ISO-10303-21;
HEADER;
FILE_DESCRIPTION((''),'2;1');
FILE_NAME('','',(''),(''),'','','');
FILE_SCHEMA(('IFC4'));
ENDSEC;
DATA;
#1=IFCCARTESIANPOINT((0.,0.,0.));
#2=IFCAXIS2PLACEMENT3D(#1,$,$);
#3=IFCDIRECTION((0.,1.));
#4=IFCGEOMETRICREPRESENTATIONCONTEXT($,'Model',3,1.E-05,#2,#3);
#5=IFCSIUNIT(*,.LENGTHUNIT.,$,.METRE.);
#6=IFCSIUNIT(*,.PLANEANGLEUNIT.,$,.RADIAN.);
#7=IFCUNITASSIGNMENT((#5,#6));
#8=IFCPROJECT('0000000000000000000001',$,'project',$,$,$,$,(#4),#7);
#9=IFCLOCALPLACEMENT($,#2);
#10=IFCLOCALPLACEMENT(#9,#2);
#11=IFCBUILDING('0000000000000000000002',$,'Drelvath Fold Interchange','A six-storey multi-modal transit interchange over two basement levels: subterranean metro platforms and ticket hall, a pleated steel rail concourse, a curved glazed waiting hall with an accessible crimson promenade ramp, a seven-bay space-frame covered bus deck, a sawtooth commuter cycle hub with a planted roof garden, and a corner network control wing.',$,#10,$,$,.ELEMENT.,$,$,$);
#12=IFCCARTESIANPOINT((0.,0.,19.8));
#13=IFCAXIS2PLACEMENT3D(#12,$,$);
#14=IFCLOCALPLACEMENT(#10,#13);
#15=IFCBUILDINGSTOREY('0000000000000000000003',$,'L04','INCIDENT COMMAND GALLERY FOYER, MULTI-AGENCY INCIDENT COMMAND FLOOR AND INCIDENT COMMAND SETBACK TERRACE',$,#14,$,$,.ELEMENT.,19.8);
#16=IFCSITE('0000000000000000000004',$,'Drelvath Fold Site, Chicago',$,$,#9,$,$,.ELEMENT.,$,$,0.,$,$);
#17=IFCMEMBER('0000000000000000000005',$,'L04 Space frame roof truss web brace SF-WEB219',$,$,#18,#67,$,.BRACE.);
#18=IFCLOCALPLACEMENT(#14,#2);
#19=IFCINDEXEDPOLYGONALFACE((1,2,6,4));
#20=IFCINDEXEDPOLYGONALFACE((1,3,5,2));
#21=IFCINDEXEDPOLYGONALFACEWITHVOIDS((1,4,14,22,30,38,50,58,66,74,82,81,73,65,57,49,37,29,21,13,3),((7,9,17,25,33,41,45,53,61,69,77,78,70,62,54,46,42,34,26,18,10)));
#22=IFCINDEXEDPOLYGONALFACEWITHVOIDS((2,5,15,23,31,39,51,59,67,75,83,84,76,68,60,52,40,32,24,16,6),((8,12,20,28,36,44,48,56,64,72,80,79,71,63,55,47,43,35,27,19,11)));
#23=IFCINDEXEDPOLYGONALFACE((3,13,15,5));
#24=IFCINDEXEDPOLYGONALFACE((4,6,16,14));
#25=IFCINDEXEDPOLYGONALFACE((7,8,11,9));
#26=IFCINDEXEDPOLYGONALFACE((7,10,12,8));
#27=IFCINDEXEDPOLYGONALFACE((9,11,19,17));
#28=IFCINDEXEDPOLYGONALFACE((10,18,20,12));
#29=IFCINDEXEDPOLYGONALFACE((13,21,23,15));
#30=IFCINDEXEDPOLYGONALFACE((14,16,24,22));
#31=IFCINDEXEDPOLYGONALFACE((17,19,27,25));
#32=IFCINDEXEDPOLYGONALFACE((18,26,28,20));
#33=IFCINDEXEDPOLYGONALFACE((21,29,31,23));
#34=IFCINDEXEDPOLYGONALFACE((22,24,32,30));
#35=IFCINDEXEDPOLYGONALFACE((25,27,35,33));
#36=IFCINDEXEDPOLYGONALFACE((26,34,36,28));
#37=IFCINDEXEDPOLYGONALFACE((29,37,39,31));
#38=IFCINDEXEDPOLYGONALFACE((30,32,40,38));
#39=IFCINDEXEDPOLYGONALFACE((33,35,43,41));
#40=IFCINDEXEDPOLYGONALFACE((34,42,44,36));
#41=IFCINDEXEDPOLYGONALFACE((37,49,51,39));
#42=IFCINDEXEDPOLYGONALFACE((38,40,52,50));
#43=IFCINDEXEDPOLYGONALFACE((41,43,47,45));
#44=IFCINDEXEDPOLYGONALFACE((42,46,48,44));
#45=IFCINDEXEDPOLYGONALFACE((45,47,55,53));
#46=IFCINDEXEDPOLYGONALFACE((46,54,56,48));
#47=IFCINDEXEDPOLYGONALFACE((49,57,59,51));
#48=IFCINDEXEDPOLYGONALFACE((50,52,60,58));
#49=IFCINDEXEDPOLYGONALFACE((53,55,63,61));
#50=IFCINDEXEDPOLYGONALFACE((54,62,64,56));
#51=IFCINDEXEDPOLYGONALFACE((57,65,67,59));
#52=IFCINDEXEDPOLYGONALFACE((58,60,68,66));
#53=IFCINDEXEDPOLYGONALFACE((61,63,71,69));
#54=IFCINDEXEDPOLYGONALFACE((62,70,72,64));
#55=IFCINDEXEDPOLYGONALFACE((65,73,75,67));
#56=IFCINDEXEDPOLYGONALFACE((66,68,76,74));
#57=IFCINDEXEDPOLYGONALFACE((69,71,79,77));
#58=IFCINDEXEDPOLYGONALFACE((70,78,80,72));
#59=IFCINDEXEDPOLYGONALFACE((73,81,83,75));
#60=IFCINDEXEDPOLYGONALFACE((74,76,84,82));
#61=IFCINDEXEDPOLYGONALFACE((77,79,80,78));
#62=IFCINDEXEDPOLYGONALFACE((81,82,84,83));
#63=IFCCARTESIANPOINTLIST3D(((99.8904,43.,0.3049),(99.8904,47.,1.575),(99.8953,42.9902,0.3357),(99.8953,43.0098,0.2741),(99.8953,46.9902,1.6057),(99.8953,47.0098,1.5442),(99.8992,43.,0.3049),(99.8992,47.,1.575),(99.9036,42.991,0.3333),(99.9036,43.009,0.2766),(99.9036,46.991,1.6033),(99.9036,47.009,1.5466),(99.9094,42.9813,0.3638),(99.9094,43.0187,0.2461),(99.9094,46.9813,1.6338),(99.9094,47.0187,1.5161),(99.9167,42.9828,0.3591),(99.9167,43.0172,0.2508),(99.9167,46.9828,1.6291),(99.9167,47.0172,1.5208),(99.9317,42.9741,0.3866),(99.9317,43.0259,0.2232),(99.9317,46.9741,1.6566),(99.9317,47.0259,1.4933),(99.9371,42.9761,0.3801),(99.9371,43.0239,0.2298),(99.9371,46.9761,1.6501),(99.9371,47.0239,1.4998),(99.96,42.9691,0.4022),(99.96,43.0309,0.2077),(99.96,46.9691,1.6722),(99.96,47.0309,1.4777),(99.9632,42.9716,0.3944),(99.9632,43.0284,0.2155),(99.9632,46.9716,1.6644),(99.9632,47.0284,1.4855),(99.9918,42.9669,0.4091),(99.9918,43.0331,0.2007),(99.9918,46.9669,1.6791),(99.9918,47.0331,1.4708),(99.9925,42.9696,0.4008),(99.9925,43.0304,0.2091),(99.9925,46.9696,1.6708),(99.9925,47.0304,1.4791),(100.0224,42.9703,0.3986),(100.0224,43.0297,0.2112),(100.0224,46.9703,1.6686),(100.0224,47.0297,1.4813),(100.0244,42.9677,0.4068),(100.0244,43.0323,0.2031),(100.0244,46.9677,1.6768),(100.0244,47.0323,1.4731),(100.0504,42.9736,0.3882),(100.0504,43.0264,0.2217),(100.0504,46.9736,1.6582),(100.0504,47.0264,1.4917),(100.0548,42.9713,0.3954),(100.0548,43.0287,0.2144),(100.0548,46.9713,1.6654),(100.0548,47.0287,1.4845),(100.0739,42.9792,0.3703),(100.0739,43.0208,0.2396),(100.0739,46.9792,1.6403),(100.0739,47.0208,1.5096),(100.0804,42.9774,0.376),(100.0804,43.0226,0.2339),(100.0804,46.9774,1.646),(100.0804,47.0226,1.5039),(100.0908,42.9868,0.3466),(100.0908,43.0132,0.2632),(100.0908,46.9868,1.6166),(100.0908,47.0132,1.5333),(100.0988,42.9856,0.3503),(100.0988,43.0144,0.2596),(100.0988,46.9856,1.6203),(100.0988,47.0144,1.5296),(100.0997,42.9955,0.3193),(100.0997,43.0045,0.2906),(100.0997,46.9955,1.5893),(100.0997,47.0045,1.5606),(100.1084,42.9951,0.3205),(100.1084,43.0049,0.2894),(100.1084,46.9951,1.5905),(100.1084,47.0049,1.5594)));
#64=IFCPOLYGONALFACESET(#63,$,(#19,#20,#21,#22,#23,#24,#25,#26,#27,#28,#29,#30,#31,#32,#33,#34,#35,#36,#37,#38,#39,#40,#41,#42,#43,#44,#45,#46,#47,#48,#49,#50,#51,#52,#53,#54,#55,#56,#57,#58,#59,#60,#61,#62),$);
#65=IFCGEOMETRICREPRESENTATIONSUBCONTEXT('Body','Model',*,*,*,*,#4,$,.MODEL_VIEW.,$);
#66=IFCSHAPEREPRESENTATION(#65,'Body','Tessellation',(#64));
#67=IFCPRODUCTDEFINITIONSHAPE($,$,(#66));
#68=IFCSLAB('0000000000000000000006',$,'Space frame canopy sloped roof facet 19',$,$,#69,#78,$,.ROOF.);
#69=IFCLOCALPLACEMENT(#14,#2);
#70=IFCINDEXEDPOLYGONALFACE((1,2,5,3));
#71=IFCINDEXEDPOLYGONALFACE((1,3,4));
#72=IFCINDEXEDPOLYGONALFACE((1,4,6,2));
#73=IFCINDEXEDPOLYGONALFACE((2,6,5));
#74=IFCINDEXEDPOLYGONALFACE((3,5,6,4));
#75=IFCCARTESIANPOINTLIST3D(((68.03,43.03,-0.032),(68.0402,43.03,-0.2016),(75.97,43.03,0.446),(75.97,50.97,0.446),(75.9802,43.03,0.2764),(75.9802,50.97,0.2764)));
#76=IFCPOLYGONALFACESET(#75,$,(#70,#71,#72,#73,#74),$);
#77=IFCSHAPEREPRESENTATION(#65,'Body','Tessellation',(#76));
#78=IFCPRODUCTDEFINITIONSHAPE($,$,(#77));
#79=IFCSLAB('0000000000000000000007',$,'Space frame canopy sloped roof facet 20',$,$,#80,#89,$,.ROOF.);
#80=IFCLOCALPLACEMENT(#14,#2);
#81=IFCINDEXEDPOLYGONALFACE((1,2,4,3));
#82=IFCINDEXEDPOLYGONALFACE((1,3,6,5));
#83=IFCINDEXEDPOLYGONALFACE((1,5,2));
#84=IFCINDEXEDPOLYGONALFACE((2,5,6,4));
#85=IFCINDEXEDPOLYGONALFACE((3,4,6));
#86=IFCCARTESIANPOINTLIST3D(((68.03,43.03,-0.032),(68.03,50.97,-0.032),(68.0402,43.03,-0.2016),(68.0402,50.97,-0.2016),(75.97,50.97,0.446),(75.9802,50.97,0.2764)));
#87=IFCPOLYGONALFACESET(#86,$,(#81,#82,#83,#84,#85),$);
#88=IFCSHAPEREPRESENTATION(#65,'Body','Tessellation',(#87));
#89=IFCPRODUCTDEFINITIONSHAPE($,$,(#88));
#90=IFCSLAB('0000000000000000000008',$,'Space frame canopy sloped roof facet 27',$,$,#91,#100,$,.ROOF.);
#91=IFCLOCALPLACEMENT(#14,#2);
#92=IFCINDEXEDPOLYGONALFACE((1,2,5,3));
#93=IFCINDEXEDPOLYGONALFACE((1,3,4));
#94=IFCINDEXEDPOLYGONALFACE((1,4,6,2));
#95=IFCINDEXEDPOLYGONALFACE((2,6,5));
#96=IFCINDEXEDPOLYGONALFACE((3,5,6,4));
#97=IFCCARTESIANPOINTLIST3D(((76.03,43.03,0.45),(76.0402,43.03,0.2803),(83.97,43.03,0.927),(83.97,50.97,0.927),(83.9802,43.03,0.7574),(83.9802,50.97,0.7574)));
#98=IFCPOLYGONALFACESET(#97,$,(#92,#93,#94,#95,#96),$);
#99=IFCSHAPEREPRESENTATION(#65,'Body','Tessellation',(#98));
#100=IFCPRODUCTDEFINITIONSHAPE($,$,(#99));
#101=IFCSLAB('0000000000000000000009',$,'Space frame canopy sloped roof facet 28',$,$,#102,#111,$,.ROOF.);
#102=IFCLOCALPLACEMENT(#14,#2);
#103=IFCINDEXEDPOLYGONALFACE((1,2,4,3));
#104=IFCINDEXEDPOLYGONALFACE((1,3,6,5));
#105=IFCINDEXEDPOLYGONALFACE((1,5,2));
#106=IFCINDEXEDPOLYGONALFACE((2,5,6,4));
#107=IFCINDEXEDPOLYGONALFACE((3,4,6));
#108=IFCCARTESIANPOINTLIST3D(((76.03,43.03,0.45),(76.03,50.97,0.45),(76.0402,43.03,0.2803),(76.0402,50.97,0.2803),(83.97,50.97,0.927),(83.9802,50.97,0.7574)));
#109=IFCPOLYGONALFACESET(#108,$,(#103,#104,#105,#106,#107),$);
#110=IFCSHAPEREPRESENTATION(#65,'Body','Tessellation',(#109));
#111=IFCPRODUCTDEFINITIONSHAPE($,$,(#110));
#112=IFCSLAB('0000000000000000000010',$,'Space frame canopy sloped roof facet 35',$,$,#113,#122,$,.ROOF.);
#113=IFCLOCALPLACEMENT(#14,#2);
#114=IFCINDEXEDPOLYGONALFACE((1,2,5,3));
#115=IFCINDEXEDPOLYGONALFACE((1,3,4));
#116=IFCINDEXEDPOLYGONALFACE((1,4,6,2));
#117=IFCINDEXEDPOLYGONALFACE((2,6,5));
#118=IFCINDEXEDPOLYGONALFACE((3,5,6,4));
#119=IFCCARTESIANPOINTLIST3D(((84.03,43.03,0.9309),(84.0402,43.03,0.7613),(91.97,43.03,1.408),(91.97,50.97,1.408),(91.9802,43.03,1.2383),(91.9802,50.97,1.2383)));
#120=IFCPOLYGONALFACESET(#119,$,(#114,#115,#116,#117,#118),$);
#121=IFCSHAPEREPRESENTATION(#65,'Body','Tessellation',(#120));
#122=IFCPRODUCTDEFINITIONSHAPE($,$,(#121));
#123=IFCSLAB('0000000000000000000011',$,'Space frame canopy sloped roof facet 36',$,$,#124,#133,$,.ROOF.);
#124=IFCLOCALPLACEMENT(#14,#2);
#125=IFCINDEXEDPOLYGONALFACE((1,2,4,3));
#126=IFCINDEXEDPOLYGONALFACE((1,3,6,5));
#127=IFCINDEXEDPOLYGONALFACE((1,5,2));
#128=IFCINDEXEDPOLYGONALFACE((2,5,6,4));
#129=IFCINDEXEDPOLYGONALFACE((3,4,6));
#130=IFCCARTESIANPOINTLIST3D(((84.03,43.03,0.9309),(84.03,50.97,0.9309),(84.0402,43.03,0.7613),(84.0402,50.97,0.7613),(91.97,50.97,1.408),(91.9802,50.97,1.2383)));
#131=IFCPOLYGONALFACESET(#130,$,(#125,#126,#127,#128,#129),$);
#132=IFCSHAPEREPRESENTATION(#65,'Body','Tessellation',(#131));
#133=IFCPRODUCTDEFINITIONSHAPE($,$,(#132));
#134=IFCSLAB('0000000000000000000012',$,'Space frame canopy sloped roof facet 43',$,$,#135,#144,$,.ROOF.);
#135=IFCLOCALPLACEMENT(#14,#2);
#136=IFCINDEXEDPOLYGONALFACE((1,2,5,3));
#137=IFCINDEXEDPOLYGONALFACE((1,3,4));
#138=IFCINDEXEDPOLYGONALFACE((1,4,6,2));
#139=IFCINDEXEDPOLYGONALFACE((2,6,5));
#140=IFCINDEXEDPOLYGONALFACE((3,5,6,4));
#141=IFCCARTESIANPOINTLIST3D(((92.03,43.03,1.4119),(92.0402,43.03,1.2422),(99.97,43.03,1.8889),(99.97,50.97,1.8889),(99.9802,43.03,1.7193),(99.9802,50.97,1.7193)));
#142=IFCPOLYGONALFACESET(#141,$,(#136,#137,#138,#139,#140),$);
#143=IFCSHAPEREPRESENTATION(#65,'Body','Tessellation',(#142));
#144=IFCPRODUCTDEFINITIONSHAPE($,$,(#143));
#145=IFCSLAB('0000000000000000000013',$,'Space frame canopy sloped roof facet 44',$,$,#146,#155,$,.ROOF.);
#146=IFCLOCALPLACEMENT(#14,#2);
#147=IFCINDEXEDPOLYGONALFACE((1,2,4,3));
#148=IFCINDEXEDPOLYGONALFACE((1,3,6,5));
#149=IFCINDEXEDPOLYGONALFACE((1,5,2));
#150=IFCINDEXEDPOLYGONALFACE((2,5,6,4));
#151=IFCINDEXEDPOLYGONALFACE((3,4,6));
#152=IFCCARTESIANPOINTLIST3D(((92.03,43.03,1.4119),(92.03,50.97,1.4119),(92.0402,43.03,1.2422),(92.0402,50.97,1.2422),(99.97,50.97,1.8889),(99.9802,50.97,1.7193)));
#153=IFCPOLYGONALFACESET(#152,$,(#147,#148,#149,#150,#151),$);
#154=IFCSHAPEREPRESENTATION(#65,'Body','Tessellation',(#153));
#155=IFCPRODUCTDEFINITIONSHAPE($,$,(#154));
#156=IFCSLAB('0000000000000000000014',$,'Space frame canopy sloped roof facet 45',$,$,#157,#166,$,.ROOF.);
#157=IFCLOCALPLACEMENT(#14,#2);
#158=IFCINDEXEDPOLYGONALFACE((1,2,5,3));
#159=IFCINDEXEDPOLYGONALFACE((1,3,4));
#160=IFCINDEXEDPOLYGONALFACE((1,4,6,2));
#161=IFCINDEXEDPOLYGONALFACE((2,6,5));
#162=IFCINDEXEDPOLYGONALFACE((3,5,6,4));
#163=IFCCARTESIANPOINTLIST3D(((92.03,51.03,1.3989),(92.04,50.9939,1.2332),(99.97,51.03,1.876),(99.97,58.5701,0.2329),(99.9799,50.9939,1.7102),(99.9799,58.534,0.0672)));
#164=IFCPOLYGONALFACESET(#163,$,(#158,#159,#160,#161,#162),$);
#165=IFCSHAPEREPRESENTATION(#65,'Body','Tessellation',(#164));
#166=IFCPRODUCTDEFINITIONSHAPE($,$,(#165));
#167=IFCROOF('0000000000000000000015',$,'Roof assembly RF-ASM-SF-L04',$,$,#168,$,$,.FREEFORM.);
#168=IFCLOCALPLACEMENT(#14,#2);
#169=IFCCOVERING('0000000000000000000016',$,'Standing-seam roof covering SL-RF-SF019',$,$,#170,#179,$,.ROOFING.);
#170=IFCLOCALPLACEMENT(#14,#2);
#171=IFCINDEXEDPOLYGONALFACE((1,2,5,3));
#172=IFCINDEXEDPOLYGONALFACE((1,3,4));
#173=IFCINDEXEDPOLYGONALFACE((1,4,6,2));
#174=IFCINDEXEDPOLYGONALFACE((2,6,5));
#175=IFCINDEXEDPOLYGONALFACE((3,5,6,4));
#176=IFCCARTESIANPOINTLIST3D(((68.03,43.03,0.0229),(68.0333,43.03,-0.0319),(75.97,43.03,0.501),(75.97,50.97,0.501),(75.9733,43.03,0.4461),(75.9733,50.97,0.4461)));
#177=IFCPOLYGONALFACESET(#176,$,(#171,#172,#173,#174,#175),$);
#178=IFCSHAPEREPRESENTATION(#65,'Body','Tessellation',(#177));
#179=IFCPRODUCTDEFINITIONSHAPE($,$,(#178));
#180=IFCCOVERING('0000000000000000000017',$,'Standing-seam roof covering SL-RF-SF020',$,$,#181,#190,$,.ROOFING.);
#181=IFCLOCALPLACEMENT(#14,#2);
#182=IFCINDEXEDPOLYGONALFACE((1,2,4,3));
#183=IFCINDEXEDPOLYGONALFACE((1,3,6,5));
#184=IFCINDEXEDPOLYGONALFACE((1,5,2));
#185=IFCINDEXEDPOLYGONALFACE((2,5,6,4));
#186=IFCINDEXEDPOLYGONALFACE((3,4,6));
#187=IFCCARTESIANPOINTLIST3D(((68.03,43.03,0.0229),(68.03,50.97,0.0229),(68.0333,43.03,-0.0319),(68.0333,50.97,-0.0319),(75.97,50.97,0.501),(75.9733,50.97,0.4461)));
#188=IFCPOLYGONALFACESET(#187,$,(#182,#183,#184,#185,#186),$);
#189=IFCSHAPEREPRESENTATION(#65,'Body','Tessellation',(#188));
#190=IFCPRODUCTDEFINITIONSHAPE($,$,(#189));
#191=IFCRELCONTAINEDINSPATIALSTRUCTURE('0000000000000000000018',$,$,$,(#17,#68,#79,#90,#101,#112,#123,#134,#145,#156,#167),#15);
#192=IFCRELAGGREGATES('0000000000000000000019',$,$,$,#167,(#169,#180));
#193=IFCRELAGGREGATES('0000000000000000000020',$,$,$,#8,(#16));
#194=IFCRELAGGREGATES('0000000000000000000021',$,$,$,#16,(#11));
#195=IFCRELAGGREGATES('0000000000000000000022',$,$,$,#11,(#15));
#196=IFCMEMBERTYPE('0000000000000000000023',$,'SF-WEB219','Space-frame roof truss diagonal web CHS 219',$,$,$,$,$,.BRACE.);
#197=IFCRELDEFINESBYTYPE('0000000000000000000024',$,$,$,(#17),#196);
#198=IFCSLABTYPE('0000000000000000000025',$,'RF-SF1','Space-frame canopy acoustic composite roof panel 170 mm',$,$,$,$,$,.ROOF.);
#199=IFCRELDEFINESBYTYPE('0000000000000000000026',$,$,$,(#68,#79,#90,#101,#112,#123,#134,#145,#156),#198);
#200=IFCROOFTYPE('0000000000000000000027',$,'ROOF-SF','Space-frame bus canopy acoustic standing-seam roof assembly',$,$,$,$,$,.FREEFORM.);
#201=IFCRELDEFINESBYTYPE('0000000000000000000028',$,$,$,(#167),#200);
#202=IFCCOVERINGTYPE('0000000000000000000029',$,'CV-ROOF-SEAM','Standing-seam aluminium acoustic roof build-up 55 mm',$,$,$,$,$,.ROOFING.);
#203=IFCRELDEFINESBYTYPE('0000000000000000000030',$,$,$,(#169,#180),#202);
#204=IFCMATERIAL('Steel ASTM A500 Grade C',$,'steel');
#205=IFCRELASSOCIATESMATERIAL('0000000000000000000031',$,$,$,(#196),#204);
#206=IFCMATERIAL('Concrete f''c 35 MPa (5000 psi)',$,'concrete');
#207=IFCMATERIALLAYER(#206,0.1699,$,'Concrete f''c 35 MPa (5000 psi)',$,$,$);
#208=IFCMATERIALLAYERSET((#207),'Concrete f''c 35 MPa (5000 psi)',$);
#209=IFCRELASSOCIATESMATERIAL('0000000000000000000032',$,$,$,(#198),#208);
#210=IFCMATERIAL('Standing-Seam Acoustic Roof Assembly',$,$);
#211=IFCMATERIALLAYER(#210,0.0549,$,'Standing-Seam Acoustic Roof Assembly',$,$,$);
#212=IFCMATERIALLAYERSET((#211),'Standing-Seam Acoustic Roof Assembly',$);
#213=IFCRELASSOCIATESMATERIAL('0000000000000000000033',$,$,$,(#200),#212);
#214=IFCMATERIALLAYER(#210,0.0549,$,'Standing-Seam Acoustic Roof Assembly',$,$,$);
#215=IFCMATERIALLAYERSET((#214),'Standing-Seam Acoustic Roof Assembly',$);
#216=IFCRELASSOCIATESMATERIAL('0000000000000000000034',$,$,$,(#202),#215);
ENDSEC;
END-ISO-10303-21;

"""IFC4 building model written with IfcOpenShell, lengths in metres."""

from ifc_helpers import new_model, si_unit, direction, frame, origin, origin_2d, place, context, subcontext, project, spatial, polyline, hollow_circle, outline, extrude, material, layer, layer_set, material_profile, profile_set, type_object, element, aggregate, save


model = new_model("IFC4")

# Units and contexts
model_context = context("Model", 3, precision=1e-05, world=origin(), true_north=direction((0.0, 1.0)))
body_context = subcontext(model_context, "Body", "Model", "MODEL_VIEW")
ifc_project = project(units=[si_unit("LENGTHUNIT", "METRE"), si_unit("PLANEANGLEUNIT", "RADIAN")], contexts=[model_context])

# Site, building, storey
site_placement = place(None, origin())
site = spatial("IfcSite", under=ifc_project, at=site_placement, Name="Drelvath Fold Site, Chicago", CompositionType="ELEMENT", RefElevation=0.0)
building_placement = place(site_placement, origin())
building = spatial("IfcBuilding", under=site, at=building_placement, Name="Drelvath Fold Interchange", Description="A six-storey multi-modal transit interchange over two basement levels: subterranean metro platforms and ticket hall, a pleated steel rail concourse, a curved glazed waiting hall with an accessible crimson promenade ramp, a seven-bay space-frame covered bus deck, a sawtooth commuter cycle hub with a planted roof garden, and a corner network control wing.", CompositionType="ELEMENT")
storey_placement = place(building_placement, frame((0.0, 0.0, 19.8)))
storey = spatial("IfcBuildingStorey", under=building, at=storey_placement, Name="L04", Description="INCIDENT COMMAND GALLERY FOYER, MULTI-AGENCY INCIDENT COMMAND FLOOR AND INCIDENT COMMAND SETBACK TERRACE", CompositionType="ELEMENT", Elevation=19.8)

# Shared definitions
ifc_material_1 = material(Name="Steel ASTM A500 Grade C", Category="steel")

# Member
ifc_material_profile_1 = material_profile(ifc_material_1, hollow_circle(Radius=0.1096, WallThickness=0.0088, at=origin_2d()), Name="HSS8.625X0.375")
ifc_profile_set_1 = profile_set([ifc_material_profile_1], Name="Steel ASTM A500 Grade C")
member_type_1 = type_object("IfcMemberType", Name="SF-WEB219", Description="Space-frame roof truss diagonal web CHS 219", PredefinedType="BRACE", material=ifc_profile_set_1)
member_1_placement = place(storey_placement, frame((100.0, 43.0, 0.3049), z_axis=(0.0, 0.953112, 0.302618), x_axis=(-1.0, 0.0, 0.0)))
element("IfcMember", 1, at=member_1_placement, inside=storey, type_object=member_type_1, Name="L04 Space frame roof truss web brace SF-WEB219", PredefinedType="BRACE", context=body_context, shape_type="SweptSolid", body=[
    extrude(hollow_circle(Radius=0.1096, WallThickness=0.0088, at=origin_2d()), origin(), (0.0, 0.0, 1.0), 4.1968),
])

# Slabs
ifc_material_2 = material(Name="Concrete f'c 35 MPa (5000 psi)", Category="concrete")
ifc_layer_1 = layer(ifc_material_2, 0.1699, Name="Concrete f'c 35 MPa (5000 psi)")
ifc_layer_set_1 = layer_set([ifc_layer_1], Name="Concrete f'c 35 MPa (5000 psi)")
slab_type = type_object("IfcSlabType", Name="RF-SF1", Description="Space-frame canopy acoustic composite roof panel 170 mm", PredefinedType="ROOF", material=ifc_layer_set_1)
slab_1_placement = place(storey_placement, frame((68.03, 43.03, -0.032), z_axis=(-0.060097, 0.0, 0.998193), x_axis=(0.998193, 0.0, 0.060097)))
element("IfcSlab", 2, at=slab_1_placement, inside=storey, type_object=slab_type, Name="Space frame canopy sloped roof facet 19", PredefinedType="ROOF", context=body_context, shape_type="SweptSolid", body=[
    extrude(outline(polyline([(0.0, 0.0), (7.9543, 0.0), (7.9543, 7.9399), (0.0, 0.0)])), origin(), (0.0, 0.0, -1.0), 0.1699),
])
slab_2_placement = place(storey_placement, frame((68.03, 43.03, -0.032), z_axis=(-0.060097, 0.0, 0.998193), x_axis=(0.706467, 0.706467, 0.042533)))
element("IfcSlab", 3, at=slab_2_placement, inside=storey, type_object=slab_type, Name="Space frame canopy sloped roof facet 20", PredefinedType="ROOF", context=body_context, shape_type="SweptSolid", body=[
    extrude(outline(polyline([(0.0, 0.0), (11.2389, 0.0), (5.6093, 5.6195), (0.0, 0.0)])), origin(), (0.0, 0.0, -1.0), 0.1699),
])
slab_3_placement = place(storey_placement, frame((76.03, 43.03, 0.45), z_axis=(-0.059974, 0.0, 0.9982), x_axis=(0.9982, 0.0, 0.059974)))
element("IfcSlab", 4, at=slab_3_placement, inside=storey, type_object=slab_type, Name="Space frame canopy sloped roof facet 27", PredefinedType="ROOF", context=body_context, shape_type="SweptSolid", body=[
    extrude(outline(polyline([(0.0, 0.0), (7.9543, 0.0), (7.9543, 7.9399), (0.0, 0.0)])), origin(), (0.0, 0.0, -1.0), 0.1699),
])
slab_4_placement = place(storey_placement, frame((76.03, 43.03, 0.45), z_axis=(-0.059974, 0.0, 0.9982), x_axis=(0.706469, 0.706469, 0.042446)))
element("IfcSlab", 5, at=slab_4_placement, inside=storey, type_object=slab_type, Name="Space frame canopy sloped roof facet 28", PredefinedType="ROOF", context=body_context, shape_type="SweptSolid", body=[
    extrude(outline(polyline([(0.0, 0.0), (11.2389, 0.0), (5.6093, 5.6194), (0.0, 0.0)])), origin(), (0.0, 0.0, -1.0), 0.1699),
])
slab_5_placement = place(storey_placement, frame((84.03, 43.03, 0.9309), z_axis=(-0.059974, 0.0, 0.9982), x_axis=(0.9982, 0.0, 0.059974)))
element("IfcSlab", 6, at=slab_5_placement, inside=storey, type_object=slab_type, Name="Space frame canopy sloped roof facet 35", PredefinedType="ROOF", context=body_context, shape_type="SweptSolid", body=[
    extrude(outline(polyline([(0.0, 0.0), (7.9543, 0.0), (7.9543, 7.9399), (0.0, 0.0)])), origin(), (0.0, 0.0, -1.0), 0.1699),
])
slab_6_placement = place(storey_placement, frame((84.03, 43.03, 0.9309), z_axis=(-0.059974, 0.0, 0.9982), x_axis=(0.706469, 0.706469, 0.042446)))
element("IfcSlab", 7, at=slab_6_placement, inside=storey, type_object=slab_type, Name="Space frame canopy sloped roof facet 36", PredefinedType="ROOF", context=body_context, shape_type="SweptSolid", body=[
    extrude(outline(polyline([(0.0, 0.0), (11.2389, 0.0), (5.6093, 5.6194), (0.0, 0.0)])), origin(), (0.0, 0.0, -1.0), 0.1699),
])
slab_7_placement = place(storey_placement, frame((92.03, 43.03, 1.4119), z_axis=(-0.059974, 0.0, 0.9982), x_axis=(0.9982, 0.0, 0.059974)))
element("IfcSlab", 8, at=slab_7_placement, inside=storey, type_object=slab_type, Name="Space frame canopy sloped roof facet 43", PredefinedType="ROOF", context=body_context, shape_type="SweptSolid", body=[
    extrude(outline(polyline([(0.0, 0.0), (7.9543, 0.0), (7.9543, 7.9399), (0.0, 0.0)])), origin(), (0.0, 0.0, -1.0), 0.1699),
])
slab_8_placement = place(storey_placement, frame((92.03, 43.03, 1.4119), z_axis=(-0.059974, 0.0, 0.9982), x_axis=(0.706469, 0.706469, 0.042446)))
element("IfcSlab", 9, at=slab_8_placement, inside=storey, type_object=slab_type, Name="Space frame canopy sloped roof facet 44", PredefinedType="ROOF", context=body_context, shape_type="SweptSolid", body=[
    extrude(outline(polyline([(0.0, 0.0), (11.2389, 0.0), (5.6093, 5.6194), (0.0, 0.0)])), origin(), (0.0, 0.0, -1.0), 0.1699),
])
slab_9_placement = place(storey_placement, frame((92.03, 51.03, 1.3989), z_axis=(-0.058604, 0.21255, 0.975391), x_axis=(0.9982, 0.0, 0.059974)))
element("IfcSlab", 10, at=slab_9_placement, inside=storey, type_object=slab_type, Name="Space frame canopy sloped roof facet 45", PredefinedType="ROOF", context=body_context, shape_type="SweptSolid", body=[
    extrude(outline(polyline([(0.0, 0.0), (7.9543, 0.0), (7.8557, 7.7164), (0.0, 0.0)])), origin(), (0.0, 0.0, -1.0), 0.1699),
])

# Roof, coverings
ifc_material_3 = material(Name="Standing-Seam Acoustic Roof Assembly")
ifc_layer_2 = layer(ifc_material_3, 0.0549, Name="Standing-Seam Acoustic Roof Assembly")
ifc_layer_set_2 = layer_set([ifc_layer_2], Name="Standing-Seam Acoustic Roof Assembly")
roof_type = type_object("IfcRoofType", Name="ROOF-SF", Description="Space-frame bus canopy acoustic standing-seam roof assembly", PredefinedType="FREEFORM", material=ifc_layer_set_2)
roof_placement = place(storey_placement, origin())
roof = element("IfcRoof", 11, at=roof_placement, inside=storey, type_object=roof_type, Name="Roof assembly RF-ASM-SF-L04", PredefinedType="FREEFORM")
ifc_layer_3 = layer(ifc_material_3, 0.0549, Name="Standing-Seam Acoustic Roof Assembly")
ifc_layer_set_3 = layer_set([ifc_layer_3], Name="Standing-Seam Acoustic Roof Assembly")
covering_type = type_object("IfcCoveringType", Name="CV-ROOF-SEAM", Description="Standing-seam aluminium acoustic roof build-up 55 mm", PredefinedType="ROOFING", material=ifc_layer_set_3)
covering_1_placement = place(storey_placement, frame((68.03, 43.03, 0.0229), z_axis=(-0.060097, 0.0, 0.998193), x_axis=(0.998193, 0.0, 0.060097)))
covering_1 = element("IfcCovering", 12, at=covering_1_placement, type_object=covering_type, Name="Standing-seam roof covering SL-RF-SF019", PredefinedType="ROOFING", context=body_context, shape_type="SweptSolid", body=[
    extrude(outline(polyline([(0.0, 0.0), (7.9543, 0.0), (7.9543, 7.9399), (0.0, 0.0)])), origin(), (0.0, 0.0, -1.0), 0.0549),
])
covering_2_placement = place(storey_placement, frame((68.03, 43.03, 0.0229), z_axis=(-0.060097, 0.0, 0.998193), x_axis=(0.706467, 0.706467, 0.042533)))
covering_2 = element("IfcCovering", 13, at=covering_2_placement, type_object=covering_type, Name="Standing-seam roof covering SL-RF-SF020", PredefinedType="ROOFING", context=body_context, shape_type="SweptSolid", body=[
    extrude(outline(polyline([(0.0, 0.0), (11.2389, 0.0), (5.6093, 5.6195), (0.0, 0.0)])), origin(), (0.0, 0.0, -1.0), 0.0549),
])
aggregate(roof, [covering_1, covering_2])

save(model, "model.ifc")
